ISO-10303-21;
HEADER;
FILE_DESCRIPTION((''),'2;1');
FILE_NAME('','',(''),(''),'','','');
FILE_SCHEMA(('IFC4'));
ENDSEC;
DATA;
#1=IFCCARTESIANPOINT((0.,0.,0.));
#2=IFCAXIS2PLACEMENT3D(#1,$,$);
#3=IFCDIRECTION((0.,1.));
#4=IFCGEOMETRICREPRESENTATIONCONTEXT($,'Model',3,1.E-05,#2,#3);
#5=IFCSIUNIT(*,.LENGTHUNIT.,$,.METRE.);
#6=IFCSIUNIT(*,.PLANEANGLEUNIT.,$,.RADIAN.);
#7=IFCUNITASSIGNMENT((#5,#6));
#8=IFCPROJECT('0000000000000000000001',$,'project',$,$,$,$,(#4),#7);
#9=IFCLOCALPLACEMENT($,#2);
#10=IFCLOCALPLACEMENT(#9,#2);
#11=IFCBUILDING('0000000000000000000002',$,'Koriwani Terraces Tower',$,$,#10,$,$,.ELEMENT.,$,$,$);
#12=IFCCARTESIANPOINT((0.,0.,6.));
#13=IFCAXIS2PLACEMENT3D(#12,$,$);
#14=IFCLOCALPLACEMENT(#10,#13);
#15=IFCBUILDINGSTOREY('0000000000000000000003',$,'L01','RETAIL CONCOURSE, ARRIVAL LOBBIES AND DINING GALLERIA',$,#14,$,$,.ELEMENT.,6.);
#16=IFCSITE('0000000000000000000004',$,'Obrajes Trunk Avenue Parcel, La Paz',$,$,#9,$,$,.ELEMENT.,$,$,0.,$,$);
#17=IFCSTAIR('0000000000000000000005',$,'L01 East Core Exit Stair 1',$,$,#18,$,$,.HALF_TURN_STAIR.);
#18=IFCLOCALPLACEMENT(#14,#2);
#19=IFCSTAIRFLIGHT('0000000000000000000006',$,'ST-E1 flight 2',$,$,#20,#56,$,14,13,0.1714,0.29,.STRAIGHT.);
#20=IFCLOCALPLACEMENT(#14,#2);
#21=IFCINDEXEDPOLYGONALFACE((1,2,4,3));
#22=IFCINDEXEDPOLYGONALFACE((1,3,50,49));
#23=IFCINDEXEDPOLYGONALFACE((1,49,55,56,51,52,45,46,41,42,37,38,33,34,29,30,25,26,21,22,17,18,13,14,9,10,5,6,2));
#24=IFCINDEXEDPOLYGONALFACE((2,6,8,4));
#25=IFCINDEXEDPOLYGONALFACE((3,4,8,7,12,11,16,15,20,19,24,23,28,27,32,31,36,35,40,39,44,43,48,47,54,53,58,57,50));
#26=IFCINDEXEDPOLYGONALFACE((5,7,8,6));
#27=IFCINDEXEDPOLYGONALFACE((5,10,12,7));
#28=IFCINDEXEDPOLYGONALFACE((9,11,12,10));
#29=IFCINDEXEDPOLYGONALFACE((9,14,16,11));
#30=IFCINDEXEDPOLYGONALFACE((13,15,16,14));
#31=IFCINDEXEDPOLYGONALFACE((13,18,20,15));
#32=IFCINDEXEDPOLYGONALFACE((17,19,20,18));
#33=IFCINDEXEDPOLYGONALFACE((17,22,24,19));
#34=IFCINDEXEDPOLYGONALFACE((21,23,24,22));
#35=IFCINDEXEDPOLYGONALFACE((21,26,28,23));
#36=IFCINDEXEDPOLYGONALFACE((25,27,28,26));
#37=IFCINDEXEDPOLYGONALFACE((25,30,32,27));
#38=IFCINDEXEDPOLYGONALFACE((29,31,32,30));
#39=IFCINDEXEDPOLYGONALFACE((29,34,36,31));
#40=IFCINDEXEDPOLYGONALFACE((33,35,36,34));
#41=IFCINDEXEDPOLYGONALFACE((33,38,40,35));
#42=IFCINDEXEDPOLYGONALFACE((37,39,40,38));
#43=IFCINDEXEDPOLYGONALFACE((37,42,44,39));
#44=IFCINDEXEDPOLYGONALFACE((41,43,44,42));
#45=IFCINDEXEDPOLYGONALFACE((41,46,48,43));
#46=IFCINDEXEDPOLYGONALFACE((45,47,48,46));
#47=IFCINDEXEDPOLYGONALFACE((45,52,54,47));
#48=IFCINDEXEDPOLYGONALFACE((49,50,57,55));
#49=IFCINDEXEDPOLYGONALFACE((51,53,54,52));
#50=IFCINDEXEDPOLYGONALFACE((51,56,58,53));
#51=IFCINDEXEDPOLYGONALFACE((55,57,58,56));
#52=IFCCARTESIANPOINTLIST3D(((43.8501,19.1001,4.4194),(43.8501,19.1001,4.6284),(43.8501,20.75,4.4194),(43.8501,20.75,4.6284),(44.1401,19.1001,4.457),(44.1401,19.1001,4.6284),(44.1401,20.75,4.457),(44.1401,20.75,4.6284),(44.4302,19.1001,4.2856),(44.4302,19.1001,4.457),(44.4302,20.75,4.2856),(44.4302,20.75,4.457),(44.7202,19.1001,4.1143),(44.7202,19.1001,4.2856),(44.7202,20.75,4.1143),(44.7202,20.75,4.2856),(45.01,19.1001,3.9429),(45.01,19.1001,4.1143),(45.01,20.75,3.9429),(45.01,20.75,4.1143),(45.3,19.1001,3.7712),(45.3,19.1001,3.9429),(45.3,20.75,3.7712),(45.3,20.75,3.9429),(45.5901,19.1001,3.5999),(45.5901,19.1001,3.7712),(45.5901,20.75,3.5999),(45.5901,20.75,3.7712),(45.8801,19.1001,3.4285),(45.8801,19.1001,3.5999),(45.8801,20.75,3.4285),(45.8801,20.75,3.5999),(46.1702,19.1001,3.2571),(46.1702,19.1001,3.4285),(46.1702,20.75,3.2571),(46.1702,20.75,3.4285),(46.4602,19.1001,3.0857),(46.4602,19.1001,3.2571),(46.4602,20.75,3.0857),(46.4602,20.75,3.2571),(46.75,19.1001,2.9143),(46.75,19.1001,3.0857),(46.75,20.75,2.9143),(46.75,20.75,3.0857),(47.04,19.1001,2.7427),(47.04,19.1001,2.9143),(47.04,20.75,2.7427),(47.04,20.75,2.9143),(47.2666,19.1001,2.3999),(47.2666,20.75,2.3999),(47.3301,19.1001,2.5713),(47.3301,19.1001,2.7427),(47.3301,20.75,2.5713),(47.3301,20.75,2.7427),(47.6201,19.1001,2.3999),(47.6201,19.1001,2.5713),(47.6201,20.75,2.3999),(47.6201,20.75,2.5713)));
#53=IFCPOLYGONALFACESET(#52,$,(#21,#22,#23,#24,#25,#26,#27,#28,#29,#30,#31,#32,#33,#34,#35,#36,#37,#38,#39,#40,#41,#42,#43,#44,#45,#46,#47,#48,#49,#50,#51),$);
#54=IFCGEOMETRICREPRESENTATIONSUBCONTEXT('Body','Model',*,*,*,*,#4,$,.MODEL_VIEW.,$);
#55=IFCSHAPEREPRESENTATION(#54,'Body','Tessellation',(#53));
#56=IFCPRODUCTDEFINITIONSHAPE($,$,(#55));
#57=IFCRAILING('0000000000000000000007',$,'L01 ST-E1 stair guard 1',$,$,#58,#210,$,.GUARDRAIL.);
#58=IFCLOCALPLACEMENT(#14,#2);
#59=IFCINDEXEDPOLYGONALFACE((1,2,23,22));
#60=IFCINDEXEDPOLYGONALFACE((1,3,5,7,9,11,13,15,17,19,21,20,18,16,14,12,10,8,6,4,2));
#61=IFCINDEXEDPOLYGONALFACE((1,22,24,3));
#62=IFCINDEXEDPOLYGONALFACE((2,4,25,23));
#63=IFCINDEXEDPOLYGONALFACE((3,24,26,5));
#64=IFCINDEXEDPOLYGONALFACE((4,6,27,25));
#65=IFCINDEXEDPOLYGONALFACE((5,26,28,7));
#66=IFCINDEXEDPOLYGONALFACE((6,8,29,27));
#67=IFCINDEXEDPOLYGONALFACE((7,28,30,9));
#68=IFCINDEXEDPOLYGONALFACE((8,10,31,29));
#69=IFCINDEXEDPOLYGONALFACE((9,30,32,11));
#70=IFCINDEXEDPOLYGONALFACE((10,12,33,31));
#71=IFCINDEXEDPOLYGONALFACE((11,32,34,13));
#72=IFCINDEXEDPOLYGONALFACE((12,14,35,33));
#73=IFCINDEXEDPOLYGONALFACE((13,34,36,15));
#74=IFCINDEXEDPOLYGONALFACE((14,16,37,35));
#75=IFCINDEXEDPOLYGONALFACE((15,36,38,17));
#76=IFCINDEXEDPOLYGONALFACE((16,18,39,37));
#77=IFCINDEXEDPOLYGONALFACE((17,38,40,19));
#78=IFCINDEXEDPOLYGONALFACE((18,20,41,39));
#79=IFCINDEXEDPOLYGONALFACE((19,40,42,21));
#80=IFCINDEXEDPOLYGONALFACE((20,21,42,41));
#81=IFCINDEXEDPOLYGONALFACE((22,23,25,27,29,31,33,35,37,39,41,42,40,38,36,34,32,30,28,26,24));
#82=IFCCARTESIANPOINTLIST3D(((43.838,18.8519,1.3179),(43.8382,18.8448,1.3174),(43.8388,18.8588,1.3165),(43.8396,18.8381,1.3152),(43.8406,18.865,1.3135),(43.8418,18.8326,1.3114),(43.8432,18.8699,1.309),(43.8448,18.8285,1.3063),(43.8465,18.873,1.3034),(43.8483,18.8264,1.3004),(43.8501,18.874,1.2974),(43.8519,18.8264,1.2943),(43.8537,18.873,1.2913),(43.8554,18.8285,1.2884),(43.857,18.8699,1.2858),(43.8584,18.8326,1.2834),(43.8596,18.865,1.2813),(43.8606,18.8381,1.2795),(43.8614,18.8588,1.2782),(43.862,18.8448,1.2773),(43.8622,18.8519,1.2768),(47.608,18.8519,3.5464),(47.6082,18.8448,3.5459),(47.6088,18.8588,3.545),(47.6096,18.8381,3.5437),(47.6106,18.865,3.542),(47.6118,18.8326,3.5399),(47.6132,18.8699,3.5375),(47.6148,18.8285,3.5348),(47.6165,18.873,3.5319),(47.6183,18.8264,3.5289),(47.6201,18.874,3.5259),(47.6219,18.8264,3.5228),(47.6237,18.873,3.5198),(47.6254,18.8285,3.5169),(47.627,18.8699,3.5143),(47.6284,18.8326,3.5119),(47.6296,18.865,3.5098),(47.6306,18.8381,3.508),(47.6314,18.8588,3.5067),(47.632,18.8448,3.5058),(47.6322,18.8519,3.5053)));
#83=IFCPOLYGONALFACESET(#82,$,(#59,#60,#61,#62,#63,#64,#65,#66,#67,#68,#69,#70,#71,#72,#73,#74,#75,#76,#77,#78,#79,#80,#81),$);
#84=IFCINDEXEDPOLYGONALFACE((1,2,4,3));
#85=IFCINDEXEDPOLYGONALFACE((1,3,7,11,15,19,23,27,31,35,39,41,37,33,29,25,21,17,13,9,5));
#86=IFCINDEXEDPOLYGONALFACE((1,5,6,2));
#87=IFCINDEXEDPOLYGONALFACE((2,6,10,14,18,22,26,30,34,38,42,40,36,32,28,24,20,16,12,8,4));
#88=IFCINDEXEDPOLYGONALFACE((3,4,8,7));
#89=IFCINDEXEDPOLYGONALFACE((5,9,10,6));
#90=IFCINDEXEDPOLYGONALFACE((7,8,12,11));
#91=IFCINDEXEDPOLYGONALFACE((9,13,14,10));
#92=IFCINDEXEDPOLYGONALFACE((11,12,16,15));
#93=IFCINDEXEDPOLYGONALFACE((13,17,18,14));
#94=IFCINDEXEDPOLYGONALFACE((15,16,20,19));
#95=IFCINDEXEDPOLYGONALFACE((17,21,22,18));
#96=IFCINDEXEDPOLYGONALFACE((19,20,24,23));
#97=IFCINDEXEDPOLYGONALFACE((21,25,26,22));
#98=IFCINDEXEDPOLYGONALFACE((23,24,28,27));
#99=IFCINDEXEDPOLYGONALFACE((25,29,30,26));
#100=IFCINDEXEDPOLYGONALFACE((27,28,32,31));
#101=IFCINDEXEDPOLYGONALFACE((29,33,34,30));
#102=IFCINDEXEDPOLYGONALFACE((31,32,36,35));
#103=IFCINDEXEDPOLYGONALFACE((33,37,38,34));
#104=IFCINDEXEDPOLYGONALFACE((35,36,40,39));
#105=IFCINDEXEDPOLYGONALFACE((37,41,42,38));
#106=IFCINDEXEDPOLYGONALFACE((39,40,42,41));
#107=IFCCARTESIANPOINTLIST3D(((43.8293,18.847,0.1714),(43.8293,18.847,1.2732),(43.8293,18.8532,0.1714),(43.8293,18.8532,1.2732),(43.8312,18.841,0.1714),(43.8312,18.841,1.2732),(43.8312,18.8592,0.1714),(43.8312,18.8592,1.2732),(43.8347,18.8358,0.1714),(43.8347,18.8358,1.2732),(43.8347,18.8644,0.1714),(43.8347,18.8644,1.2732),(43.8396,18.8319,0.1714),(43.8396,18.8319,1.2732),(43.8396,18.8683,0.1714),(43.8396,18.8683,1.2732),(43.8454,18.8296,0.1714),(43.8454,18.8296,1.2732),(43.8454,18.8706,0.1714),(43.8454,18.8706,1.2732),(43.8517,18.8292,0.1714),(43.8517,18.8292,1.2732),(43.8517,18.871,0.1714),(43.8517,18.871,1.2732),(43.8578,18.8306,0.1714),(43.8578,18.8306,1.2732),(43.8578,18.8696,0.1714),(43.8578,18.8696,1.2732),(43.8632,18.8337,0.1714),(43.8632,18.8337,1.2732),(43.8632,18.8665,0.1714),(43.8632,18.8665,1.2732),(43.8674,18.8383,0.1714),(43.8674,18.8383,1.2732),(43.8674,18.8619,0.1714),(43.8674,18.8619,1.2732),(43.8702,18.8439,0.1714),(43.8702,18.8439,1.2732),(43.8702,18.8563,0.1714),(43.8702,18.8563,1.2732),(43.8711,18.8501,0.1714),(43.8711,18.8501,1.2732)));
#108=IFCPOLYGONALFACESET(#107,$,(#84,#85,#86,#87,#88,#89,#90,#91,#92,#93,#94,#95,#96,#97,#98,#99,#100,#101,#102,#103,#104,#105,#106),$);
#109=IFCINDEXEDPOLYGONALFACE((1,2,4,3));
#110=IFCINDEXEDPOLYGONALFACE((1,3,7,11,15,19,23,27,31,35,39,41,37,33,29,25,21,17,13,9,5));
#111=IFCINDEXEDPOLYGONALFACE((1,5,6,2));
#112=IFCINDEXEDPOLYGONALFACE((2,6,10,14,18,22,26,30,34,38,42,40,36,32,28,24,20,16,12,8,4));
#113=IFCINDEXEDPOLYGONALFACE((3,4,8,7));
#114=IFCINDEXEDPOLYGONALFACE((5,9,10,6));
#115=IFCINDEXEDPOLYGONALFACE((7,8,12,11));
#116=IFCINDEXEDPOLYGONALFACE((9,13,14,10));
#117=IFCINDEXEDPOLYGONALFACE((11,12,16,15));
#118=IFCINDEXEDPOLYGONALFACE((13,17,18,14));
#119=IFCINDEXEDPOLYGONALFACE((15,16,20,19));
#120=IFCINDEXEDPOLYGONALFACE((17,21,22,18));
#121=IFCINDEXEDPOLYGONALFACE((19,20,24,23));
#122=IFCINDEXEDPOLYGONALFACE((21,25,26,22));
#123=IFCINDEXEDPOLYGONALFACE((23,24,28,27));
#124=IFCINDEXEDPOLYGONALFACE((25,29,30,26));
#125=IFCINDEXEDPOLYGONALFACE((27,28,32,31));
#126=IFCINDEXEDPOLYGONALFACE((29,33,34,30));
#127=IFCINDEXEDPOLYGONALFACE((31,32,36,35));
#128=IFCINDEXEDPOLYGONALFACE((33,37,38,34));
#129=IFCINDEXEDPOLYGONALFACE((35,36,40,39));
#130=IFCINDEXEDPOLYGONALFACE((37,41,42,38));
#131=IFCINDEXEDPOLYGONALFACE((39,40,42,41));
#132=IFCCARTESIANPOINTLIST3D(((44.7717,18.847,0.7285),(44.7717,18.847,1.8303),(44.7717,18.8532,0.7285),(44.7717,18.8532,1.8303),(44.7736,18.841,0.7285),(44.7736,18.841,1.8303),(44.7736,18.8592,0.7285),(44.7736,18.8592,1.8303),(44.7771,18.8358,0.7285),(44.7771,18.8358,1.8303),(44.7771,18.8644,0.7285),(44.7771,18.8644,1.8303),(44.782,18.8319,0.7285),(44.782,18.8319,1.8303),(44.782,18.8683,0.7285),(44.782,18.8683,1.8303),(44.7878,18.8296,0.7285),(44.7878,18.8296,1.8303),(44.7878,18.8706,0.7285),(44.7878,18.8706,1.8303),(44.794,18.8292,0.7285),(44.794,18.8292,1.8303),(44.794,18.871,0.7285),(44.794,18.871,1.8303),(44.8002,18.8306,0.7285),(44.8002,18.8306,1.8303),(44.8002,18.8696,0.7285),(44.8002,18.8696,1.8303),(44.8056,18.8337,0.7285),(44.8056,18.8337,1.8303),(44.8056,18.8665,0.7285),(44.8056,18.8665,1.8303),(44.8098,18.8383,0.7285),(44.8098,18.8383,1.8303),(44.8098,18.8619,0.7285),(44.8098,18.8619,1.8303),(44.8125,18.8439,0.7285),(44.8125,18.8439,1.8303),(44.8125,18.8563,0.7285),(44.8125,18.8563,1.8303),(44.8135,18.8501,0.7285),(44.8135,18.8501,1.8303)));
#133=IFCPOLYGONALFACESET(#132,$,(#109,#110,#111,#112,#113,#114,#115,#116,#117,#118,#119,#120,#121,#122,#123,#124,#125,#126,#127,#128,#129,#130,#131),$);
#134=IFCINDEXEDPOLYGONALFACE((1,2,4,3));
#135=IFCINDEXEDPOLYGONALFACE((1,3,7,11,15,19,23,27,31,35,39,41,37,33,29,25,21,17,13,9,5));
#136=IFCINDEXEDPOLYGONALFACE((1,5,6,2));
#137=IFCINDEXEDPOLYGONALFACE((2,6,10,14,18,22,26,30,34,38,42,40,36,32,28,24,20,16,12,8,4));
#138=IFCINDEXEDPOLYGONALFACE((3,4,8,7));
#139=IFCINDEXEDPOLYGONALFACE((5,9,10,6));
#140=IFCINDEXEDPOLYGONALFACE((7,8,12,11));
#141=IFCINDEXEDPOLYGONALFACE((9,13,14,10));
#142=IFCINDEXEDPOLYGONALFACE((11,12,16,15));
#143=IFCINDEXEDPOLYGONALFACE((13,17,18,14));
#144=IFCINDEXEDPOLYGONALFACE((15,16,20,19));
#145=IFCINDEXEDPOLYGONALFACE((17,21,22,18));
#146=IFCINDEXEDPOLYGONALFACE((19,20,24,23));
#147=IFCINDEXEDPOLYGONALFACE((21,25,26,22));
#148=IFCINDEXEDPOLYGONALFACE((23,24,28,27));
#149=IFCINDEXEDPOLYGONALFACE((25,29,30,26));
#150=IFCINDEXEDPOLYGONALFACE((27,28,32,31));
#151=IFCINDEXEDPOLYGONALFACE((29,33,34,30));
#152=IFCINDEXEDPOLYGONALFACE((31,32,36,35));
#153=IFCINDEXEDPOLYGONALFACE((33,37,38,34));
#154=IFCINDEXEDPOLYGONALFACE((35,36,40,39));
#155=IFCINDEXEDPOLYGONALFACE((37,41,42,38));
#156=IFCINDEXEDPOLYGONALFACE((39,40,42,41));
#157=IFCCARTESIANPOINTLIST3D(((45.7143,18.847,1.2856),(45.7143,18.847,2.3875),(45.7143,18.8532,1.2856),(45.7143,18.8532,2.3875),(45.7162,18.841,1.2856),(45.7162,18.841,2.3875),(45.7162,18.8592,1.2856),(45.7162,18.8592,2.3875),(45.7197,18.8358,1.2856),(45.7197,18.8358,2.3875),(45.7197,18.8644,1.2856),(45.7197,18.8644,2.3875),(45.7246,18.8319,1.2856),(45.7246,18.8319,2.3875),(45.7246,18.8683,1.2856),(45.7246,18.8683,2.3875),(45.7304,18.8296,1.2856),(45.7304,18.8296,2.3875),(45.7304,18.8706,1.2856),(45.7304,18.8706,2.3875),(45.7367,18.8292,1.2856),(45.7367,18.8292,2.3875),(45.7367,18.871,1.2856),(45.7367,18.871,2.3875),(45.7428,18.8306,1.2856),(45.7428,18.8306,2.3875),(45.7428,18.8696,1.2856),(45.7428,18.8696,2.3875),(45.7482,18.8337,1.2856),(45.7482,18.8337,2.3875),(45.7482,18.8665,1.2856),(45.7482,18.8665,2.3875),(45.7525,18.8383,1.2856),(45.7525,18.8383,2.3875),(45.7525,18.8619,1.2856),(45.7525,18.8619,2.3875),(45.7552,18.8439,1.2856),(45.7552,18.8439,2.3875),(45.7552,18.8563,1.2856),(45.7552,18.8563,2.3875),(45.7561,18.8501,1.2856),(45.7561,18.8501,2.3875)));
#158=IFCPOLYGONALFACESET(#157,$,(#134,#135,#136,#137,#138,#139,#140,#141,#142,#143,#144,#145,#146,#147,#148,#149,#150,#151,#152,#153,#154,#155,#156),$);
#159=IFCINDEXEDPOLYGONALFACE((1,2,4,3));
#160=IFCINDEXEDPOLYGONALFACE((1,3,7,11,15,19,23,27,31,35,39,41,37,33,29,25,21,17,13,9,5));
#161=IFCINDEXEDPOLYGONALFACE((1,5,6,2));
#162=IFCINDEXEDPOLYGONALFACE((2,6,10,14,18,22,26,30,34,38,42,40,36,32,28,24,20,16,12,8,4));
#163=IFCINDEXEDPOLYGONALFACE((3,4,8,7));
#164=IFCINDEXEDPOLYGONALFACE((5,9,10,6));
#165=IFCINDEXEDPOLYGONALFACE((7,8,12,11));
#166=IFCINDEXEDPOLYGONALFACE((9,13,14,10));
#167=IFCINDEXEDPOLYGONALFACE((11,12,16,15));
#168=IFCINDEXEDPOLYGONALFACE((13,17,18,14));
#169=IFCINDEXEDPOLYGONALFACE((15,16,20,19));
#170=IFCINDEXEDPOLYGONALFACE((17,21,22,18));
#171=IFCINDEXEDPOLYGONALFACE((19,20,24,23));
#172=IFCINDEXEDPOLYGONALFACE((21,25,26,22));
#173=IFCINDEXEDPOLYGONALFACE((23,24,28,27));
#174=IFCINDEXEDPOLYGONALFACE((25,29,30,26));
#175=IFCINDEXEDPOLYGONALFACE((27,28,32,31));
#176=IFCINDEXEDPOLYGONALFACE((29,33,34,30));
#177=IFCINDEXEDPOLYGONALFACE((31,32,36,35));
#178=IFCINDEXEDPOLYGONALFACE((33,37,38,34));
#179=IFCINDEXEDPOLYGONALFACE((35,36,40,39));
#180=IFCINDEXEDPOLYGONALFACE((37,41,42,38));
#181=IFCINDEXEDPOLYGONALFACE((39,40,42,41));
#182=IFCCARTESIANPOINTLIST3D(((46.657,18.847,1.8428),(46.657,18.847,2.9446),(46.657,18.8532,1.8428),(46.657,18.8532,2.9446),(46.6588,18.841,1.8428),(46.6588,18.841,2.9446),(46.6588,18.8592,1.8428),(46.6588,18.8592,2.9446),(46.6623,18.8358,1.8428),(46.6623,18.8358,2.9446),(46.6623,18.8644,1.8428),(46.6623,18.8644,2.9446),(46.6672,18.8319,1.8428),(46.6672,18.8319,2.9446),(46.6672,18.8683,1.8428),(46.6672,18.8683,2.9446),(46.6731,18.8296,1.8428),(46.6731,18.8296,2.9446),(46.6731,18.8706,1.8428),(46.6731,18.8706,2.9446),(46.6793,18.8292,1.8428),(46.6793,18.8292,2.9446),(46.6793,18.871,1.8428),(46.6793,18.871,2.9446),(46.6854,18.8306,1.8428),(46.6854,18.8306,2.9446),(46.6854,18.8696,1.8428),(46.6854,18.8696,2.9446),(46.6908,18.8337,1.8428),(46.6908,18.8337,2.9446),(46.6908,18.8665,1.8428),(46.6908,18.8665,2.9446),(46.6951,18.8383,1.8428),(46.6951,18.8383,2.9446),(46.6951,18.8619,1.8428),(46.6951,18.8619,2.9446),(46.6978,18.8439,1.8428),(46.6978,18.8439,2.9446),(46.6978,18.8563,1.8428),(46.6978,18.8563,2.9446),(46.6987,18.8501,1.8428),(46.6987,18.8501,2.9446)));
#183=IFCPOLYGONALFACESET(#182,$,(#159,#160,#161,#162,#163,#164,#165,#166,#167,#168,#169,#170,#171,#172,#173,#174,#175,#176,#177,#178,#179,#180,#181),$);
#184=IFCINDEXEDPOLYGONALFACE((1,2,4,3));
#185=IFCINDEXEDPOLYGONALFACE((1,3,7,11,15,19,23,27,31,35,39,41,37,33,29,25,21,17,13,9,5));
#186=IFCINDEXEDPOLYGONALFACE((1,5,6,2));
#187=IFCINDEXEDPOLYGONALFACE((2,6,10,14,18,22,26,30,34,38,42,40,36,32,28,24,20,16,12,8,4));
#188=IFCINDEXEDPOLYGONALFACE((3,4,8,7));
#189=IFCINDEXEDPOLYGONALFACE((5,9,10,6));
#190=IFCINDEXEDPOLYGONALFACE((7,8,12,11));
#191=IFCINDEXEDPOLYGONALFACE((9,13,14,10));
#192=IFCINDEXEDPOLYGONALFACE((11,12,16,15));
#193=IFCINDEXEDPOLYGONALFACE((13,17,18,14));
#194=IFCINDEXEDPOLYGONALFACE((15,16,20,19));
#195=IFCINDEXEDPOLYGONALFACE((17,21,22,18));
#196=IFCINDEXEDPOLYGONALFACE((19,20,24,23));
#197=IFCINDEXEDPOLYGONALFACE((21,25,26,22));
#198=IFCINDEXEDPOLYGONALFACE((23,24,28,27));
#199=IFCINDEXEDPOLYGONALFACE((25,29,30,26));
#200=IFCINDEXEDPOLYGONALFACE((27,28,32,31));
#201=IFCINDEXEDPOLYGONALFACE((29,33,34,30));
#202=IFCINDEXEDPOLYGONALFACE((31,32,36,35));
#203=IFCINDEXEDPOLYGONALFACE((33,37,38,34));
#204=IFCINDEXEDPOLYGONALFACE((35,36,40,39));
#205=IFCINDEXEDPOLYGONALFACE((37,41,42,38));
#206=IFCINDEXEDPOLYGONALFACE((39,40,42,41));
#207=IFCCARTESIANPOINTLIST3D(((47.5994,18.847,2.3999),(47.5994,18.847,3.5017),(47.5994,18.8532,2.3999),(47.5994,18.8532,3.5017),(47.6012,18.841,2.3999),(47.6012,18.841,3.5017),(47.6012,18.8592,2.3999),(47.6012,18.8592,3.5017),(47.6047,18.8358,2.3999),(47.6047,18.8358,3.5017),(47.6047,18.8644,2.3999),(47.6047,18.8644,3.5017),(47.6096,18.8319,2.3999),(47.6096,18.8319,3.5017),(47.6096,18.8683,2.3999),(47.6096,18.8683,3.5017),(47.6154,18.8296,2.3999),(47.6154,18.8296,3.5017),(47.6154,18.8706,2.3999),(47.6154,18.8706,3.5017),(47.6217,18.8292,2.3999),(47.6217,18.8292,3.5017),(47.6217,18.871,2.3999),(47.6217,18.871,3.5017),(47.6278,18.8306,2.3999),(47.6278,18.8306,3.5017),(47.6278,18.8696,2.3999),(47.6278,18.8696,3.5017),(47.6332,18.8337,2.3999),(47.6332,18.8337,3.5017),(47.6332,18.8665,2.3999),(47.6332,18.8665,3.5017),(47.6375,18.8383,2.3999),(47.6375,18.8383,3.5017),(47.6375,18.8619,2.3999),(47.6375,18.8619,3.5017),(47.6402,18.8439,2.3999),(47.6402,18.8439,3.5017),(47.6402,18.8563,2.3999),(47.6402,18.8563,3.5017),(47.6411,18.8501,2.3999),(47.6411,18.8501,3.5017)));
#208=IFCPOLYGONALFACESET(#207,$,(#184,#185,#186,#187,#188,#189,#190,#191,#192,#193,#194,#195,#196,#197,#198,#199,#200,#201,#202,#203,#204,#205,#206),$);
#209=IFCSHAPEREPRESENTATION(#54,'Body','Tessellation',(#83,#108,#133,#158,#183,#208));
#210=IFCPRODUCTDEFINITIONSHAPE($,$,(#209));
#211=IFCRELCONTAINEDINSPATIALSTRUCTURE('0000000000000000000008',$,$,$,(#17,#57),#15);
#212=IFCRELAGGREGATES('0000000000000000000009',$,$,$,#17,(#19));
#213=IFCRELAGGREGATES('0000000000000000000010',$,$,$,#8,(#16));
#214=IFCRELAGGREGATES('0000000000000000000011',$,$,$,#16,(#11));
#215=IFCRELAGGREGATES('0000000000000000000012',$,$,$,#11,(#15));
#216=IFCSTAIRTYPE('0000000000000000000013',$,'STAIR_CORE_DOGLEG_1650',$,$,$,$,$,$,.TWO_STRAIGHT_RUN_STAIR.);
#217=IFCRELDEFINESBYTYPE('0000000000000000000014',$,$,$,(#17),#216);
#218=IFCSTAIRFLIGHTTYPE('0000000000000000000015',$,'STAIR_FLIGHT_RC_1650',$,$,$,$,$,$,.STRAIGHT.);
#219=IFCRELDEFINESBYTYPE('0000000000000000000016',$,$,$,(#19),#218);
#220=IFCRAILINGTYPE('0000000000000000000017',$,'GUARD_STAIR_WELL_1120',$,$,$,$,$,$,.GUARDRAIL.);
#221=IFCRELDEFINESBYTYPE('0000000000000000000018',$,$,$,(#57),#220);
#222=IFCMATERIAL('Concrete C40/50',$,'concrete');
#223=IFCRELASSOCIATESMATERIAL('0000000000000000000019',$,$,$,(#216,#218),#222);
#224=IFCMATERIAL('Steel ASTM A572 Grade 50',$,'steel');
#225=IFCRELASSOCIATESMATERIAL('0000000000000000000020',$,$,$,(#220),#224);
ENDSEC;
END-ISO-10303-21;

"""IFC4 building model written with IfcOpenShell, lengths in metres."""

from ifc_helpers import new_model, si_unit, direction, frame, origin, origin_2d, place, context, subcontext, project, spatial, polyline, circle, outline, extrude, material, type_object, element, aggregate, save


model = new_model("IFC4")

# Units and contexts
model_context = context("Model", 3, precision=1e-05, world=origin(), true_north=direction((0.0, 1.0)))
body_context = subcontext(model_context, "Body", "Model", "MODEL_VIEW")
ifc_project = project(units=[si_unit("LENGTHUNIT", "METRE"), si_unit("PLANEANGLEUNIT", "RADIAN")], contexts=[model_context])

# Site, building, storey
site_placement = place(None, origin())
site = spatial("IfcSite", under=ifc_project, at=site_placement, Name="Obrajes Trunk Avenue Parcel, La Paz", CompositionType="ELEMENT", RefElevation=0.0)
building_placement = place(site_placement, origin())
building = spatial("IfcBuilding", under=site, at=building_placement, Name="Koriwani Terraces Tower", CompositionType="ELEMENT")
storey_placement = place(building_placement, frame((0.0, 0.0, 6.0)))
storey = spatial("IfcBuildingStorey", under=building, at=storey_placement, Name="L01", Description="RETAIL CONCOURSE, ARRIVAL LOBBIES AND DINING GALLERIA", CompositionType="ELEMENT", Elevation=6.0)

# Shared definitions
ifc_material_1 = material(Name="Concrete C40/50", Category="concrete")

# Shared definitions
ifc_material_2 = material(Name="Steel ASTM A572 Grade 50", Category="steel")

# Stair, stair flight
stair_type = type_object("IfcStairType", Name="STAIR_CORE_DOGLEG_1650", PredefinedType="TWO_STRAIGHT_RUN_STAIR", material=ifc_material_1)
stair_placement = place(storey_placement, origin())
stair = element("IfcStair", 1, at=stair_placement, inside=storey, type_object=stair_type, Name="L01 East Core Exit Stair 1", PredefinedType="HALF_TURN_STAIR")
stair_flight_type = type_object("IfcStairFlightType", Name="STAIR_FLIGHT_RC_1650", PredefinedType="STRAIGHT", material=ifc_material_1)
stair_flight_1_placement = place(storey_placement, frame((47.6201, 19.925, 2.3999), z_axis=(0.0, 0.0, 1.0), x_axis=(-1.0, 0.0, 0.0)))
stair_flight_1 = element("IfcStairFlight", 2, at=stair_flight_1_placement, type_object=stair_flight_type, Name="ST-E1 flight 2", NumberOfRisers=14, NumberOfTreads=13, PredefinedType="STRAIGHT", RiserHeight=0.1714, TreadLength=0.29, context=body_context, shape_type="SweptSolid", body=[
    extrude(outline(polyline([(0.0, 0.0), (0.0, 0.1714), (0.29, 0.1714), (0.29, 0.3428), (0.5801, 0.3428), (0.5801, 0.5144), (0.8701, 0.5144), (0.8701, 0.6858), (1.1599, 0.6858), (1.1599, 0.8572), (1.45, 0.8572), (1.45, 1.0286), (1.74, 1.0286), (1.74, 1.2), (2.03, 1.2), (2.03, 1.3713), (2.3201, 1.3713), (2.3201, 1.543), (2.6101, 1.543), (2.6101, 1.7144), (2.8999, 1.7144), (2.8999, 1.8857), (3.1899, 1.8857), (3.1899, 2.0571), (3.48, 2.0571), (3.48, 2.2285), (3.77, 2.2285), (3.77, 2.3999), (3.77, 2.0195), (0.3535, 0.0), (0.0, 0.0)])), frame((0.0, 0.825, 0.0), z_axis=(0.0, -1.0, 0.0), x_axis=(1.0, 0.0, 0.0)), (0.0, 0.0, 1.0), 1.6499),
])
aggregate(stair, [stair_flight_1])

# Railing
railing_type_1 = type_object("IfcRailingType", Name="GUARD_STAIR_WELL_1120", PredefinedType="GUARDRAIL", material=ifc_material_2)
railing_1_placement = place(storey_placement, frame((43.8501, 18.8501, 0.1714)))
element("IfcRailing", 3, at=railing_1_placement, inside=storey, type_object=railing_type_1, Name="L01 ST-E1 stair guard 1", PredefinedType="GUARDRAIL", context=body_context, shape_type="SweptSolid", body=[
    extrude(circle(Radius=0.0239, at=origin_2d()), frame((0.0, 0.0, 1.126), z_axis=(0.860849, 0.0, 0.508861), x_axis=(0.0, 1.0, 0.0)), (0.0, 0.0, 1.0), 4.3794),
    extrude(circle(Radius=0.021, at=origin_2d()), origin(), (0.0, 0.0, 1.0), 1.1018),
    extrude(circle(Radius=0.021, at=origin_2d()), frame((0.9424, 0.0, 0.5571)), (0.0, 0.0, 1.0), 1.1018),
    extrude(circle(Radius=0.021, at=origin_2d()), frame((1.885, 0.0, 1.1143)), (0.0, 0.0, 1.0), 1.1018),
    extrude(circle(Radius=0.021, at=origin_2d()), frame((2.8276, 0.0, 1.6714)), (0.0, 0.0, 1.0), 1.1018),
    extrude(circle(Radius=0.021, at=origin_2d()), frame((3.77, 0.0, 2.2285)), (0.0, 0.0, 1.0), 1.1018),
])

save(model, "model.ifc")
